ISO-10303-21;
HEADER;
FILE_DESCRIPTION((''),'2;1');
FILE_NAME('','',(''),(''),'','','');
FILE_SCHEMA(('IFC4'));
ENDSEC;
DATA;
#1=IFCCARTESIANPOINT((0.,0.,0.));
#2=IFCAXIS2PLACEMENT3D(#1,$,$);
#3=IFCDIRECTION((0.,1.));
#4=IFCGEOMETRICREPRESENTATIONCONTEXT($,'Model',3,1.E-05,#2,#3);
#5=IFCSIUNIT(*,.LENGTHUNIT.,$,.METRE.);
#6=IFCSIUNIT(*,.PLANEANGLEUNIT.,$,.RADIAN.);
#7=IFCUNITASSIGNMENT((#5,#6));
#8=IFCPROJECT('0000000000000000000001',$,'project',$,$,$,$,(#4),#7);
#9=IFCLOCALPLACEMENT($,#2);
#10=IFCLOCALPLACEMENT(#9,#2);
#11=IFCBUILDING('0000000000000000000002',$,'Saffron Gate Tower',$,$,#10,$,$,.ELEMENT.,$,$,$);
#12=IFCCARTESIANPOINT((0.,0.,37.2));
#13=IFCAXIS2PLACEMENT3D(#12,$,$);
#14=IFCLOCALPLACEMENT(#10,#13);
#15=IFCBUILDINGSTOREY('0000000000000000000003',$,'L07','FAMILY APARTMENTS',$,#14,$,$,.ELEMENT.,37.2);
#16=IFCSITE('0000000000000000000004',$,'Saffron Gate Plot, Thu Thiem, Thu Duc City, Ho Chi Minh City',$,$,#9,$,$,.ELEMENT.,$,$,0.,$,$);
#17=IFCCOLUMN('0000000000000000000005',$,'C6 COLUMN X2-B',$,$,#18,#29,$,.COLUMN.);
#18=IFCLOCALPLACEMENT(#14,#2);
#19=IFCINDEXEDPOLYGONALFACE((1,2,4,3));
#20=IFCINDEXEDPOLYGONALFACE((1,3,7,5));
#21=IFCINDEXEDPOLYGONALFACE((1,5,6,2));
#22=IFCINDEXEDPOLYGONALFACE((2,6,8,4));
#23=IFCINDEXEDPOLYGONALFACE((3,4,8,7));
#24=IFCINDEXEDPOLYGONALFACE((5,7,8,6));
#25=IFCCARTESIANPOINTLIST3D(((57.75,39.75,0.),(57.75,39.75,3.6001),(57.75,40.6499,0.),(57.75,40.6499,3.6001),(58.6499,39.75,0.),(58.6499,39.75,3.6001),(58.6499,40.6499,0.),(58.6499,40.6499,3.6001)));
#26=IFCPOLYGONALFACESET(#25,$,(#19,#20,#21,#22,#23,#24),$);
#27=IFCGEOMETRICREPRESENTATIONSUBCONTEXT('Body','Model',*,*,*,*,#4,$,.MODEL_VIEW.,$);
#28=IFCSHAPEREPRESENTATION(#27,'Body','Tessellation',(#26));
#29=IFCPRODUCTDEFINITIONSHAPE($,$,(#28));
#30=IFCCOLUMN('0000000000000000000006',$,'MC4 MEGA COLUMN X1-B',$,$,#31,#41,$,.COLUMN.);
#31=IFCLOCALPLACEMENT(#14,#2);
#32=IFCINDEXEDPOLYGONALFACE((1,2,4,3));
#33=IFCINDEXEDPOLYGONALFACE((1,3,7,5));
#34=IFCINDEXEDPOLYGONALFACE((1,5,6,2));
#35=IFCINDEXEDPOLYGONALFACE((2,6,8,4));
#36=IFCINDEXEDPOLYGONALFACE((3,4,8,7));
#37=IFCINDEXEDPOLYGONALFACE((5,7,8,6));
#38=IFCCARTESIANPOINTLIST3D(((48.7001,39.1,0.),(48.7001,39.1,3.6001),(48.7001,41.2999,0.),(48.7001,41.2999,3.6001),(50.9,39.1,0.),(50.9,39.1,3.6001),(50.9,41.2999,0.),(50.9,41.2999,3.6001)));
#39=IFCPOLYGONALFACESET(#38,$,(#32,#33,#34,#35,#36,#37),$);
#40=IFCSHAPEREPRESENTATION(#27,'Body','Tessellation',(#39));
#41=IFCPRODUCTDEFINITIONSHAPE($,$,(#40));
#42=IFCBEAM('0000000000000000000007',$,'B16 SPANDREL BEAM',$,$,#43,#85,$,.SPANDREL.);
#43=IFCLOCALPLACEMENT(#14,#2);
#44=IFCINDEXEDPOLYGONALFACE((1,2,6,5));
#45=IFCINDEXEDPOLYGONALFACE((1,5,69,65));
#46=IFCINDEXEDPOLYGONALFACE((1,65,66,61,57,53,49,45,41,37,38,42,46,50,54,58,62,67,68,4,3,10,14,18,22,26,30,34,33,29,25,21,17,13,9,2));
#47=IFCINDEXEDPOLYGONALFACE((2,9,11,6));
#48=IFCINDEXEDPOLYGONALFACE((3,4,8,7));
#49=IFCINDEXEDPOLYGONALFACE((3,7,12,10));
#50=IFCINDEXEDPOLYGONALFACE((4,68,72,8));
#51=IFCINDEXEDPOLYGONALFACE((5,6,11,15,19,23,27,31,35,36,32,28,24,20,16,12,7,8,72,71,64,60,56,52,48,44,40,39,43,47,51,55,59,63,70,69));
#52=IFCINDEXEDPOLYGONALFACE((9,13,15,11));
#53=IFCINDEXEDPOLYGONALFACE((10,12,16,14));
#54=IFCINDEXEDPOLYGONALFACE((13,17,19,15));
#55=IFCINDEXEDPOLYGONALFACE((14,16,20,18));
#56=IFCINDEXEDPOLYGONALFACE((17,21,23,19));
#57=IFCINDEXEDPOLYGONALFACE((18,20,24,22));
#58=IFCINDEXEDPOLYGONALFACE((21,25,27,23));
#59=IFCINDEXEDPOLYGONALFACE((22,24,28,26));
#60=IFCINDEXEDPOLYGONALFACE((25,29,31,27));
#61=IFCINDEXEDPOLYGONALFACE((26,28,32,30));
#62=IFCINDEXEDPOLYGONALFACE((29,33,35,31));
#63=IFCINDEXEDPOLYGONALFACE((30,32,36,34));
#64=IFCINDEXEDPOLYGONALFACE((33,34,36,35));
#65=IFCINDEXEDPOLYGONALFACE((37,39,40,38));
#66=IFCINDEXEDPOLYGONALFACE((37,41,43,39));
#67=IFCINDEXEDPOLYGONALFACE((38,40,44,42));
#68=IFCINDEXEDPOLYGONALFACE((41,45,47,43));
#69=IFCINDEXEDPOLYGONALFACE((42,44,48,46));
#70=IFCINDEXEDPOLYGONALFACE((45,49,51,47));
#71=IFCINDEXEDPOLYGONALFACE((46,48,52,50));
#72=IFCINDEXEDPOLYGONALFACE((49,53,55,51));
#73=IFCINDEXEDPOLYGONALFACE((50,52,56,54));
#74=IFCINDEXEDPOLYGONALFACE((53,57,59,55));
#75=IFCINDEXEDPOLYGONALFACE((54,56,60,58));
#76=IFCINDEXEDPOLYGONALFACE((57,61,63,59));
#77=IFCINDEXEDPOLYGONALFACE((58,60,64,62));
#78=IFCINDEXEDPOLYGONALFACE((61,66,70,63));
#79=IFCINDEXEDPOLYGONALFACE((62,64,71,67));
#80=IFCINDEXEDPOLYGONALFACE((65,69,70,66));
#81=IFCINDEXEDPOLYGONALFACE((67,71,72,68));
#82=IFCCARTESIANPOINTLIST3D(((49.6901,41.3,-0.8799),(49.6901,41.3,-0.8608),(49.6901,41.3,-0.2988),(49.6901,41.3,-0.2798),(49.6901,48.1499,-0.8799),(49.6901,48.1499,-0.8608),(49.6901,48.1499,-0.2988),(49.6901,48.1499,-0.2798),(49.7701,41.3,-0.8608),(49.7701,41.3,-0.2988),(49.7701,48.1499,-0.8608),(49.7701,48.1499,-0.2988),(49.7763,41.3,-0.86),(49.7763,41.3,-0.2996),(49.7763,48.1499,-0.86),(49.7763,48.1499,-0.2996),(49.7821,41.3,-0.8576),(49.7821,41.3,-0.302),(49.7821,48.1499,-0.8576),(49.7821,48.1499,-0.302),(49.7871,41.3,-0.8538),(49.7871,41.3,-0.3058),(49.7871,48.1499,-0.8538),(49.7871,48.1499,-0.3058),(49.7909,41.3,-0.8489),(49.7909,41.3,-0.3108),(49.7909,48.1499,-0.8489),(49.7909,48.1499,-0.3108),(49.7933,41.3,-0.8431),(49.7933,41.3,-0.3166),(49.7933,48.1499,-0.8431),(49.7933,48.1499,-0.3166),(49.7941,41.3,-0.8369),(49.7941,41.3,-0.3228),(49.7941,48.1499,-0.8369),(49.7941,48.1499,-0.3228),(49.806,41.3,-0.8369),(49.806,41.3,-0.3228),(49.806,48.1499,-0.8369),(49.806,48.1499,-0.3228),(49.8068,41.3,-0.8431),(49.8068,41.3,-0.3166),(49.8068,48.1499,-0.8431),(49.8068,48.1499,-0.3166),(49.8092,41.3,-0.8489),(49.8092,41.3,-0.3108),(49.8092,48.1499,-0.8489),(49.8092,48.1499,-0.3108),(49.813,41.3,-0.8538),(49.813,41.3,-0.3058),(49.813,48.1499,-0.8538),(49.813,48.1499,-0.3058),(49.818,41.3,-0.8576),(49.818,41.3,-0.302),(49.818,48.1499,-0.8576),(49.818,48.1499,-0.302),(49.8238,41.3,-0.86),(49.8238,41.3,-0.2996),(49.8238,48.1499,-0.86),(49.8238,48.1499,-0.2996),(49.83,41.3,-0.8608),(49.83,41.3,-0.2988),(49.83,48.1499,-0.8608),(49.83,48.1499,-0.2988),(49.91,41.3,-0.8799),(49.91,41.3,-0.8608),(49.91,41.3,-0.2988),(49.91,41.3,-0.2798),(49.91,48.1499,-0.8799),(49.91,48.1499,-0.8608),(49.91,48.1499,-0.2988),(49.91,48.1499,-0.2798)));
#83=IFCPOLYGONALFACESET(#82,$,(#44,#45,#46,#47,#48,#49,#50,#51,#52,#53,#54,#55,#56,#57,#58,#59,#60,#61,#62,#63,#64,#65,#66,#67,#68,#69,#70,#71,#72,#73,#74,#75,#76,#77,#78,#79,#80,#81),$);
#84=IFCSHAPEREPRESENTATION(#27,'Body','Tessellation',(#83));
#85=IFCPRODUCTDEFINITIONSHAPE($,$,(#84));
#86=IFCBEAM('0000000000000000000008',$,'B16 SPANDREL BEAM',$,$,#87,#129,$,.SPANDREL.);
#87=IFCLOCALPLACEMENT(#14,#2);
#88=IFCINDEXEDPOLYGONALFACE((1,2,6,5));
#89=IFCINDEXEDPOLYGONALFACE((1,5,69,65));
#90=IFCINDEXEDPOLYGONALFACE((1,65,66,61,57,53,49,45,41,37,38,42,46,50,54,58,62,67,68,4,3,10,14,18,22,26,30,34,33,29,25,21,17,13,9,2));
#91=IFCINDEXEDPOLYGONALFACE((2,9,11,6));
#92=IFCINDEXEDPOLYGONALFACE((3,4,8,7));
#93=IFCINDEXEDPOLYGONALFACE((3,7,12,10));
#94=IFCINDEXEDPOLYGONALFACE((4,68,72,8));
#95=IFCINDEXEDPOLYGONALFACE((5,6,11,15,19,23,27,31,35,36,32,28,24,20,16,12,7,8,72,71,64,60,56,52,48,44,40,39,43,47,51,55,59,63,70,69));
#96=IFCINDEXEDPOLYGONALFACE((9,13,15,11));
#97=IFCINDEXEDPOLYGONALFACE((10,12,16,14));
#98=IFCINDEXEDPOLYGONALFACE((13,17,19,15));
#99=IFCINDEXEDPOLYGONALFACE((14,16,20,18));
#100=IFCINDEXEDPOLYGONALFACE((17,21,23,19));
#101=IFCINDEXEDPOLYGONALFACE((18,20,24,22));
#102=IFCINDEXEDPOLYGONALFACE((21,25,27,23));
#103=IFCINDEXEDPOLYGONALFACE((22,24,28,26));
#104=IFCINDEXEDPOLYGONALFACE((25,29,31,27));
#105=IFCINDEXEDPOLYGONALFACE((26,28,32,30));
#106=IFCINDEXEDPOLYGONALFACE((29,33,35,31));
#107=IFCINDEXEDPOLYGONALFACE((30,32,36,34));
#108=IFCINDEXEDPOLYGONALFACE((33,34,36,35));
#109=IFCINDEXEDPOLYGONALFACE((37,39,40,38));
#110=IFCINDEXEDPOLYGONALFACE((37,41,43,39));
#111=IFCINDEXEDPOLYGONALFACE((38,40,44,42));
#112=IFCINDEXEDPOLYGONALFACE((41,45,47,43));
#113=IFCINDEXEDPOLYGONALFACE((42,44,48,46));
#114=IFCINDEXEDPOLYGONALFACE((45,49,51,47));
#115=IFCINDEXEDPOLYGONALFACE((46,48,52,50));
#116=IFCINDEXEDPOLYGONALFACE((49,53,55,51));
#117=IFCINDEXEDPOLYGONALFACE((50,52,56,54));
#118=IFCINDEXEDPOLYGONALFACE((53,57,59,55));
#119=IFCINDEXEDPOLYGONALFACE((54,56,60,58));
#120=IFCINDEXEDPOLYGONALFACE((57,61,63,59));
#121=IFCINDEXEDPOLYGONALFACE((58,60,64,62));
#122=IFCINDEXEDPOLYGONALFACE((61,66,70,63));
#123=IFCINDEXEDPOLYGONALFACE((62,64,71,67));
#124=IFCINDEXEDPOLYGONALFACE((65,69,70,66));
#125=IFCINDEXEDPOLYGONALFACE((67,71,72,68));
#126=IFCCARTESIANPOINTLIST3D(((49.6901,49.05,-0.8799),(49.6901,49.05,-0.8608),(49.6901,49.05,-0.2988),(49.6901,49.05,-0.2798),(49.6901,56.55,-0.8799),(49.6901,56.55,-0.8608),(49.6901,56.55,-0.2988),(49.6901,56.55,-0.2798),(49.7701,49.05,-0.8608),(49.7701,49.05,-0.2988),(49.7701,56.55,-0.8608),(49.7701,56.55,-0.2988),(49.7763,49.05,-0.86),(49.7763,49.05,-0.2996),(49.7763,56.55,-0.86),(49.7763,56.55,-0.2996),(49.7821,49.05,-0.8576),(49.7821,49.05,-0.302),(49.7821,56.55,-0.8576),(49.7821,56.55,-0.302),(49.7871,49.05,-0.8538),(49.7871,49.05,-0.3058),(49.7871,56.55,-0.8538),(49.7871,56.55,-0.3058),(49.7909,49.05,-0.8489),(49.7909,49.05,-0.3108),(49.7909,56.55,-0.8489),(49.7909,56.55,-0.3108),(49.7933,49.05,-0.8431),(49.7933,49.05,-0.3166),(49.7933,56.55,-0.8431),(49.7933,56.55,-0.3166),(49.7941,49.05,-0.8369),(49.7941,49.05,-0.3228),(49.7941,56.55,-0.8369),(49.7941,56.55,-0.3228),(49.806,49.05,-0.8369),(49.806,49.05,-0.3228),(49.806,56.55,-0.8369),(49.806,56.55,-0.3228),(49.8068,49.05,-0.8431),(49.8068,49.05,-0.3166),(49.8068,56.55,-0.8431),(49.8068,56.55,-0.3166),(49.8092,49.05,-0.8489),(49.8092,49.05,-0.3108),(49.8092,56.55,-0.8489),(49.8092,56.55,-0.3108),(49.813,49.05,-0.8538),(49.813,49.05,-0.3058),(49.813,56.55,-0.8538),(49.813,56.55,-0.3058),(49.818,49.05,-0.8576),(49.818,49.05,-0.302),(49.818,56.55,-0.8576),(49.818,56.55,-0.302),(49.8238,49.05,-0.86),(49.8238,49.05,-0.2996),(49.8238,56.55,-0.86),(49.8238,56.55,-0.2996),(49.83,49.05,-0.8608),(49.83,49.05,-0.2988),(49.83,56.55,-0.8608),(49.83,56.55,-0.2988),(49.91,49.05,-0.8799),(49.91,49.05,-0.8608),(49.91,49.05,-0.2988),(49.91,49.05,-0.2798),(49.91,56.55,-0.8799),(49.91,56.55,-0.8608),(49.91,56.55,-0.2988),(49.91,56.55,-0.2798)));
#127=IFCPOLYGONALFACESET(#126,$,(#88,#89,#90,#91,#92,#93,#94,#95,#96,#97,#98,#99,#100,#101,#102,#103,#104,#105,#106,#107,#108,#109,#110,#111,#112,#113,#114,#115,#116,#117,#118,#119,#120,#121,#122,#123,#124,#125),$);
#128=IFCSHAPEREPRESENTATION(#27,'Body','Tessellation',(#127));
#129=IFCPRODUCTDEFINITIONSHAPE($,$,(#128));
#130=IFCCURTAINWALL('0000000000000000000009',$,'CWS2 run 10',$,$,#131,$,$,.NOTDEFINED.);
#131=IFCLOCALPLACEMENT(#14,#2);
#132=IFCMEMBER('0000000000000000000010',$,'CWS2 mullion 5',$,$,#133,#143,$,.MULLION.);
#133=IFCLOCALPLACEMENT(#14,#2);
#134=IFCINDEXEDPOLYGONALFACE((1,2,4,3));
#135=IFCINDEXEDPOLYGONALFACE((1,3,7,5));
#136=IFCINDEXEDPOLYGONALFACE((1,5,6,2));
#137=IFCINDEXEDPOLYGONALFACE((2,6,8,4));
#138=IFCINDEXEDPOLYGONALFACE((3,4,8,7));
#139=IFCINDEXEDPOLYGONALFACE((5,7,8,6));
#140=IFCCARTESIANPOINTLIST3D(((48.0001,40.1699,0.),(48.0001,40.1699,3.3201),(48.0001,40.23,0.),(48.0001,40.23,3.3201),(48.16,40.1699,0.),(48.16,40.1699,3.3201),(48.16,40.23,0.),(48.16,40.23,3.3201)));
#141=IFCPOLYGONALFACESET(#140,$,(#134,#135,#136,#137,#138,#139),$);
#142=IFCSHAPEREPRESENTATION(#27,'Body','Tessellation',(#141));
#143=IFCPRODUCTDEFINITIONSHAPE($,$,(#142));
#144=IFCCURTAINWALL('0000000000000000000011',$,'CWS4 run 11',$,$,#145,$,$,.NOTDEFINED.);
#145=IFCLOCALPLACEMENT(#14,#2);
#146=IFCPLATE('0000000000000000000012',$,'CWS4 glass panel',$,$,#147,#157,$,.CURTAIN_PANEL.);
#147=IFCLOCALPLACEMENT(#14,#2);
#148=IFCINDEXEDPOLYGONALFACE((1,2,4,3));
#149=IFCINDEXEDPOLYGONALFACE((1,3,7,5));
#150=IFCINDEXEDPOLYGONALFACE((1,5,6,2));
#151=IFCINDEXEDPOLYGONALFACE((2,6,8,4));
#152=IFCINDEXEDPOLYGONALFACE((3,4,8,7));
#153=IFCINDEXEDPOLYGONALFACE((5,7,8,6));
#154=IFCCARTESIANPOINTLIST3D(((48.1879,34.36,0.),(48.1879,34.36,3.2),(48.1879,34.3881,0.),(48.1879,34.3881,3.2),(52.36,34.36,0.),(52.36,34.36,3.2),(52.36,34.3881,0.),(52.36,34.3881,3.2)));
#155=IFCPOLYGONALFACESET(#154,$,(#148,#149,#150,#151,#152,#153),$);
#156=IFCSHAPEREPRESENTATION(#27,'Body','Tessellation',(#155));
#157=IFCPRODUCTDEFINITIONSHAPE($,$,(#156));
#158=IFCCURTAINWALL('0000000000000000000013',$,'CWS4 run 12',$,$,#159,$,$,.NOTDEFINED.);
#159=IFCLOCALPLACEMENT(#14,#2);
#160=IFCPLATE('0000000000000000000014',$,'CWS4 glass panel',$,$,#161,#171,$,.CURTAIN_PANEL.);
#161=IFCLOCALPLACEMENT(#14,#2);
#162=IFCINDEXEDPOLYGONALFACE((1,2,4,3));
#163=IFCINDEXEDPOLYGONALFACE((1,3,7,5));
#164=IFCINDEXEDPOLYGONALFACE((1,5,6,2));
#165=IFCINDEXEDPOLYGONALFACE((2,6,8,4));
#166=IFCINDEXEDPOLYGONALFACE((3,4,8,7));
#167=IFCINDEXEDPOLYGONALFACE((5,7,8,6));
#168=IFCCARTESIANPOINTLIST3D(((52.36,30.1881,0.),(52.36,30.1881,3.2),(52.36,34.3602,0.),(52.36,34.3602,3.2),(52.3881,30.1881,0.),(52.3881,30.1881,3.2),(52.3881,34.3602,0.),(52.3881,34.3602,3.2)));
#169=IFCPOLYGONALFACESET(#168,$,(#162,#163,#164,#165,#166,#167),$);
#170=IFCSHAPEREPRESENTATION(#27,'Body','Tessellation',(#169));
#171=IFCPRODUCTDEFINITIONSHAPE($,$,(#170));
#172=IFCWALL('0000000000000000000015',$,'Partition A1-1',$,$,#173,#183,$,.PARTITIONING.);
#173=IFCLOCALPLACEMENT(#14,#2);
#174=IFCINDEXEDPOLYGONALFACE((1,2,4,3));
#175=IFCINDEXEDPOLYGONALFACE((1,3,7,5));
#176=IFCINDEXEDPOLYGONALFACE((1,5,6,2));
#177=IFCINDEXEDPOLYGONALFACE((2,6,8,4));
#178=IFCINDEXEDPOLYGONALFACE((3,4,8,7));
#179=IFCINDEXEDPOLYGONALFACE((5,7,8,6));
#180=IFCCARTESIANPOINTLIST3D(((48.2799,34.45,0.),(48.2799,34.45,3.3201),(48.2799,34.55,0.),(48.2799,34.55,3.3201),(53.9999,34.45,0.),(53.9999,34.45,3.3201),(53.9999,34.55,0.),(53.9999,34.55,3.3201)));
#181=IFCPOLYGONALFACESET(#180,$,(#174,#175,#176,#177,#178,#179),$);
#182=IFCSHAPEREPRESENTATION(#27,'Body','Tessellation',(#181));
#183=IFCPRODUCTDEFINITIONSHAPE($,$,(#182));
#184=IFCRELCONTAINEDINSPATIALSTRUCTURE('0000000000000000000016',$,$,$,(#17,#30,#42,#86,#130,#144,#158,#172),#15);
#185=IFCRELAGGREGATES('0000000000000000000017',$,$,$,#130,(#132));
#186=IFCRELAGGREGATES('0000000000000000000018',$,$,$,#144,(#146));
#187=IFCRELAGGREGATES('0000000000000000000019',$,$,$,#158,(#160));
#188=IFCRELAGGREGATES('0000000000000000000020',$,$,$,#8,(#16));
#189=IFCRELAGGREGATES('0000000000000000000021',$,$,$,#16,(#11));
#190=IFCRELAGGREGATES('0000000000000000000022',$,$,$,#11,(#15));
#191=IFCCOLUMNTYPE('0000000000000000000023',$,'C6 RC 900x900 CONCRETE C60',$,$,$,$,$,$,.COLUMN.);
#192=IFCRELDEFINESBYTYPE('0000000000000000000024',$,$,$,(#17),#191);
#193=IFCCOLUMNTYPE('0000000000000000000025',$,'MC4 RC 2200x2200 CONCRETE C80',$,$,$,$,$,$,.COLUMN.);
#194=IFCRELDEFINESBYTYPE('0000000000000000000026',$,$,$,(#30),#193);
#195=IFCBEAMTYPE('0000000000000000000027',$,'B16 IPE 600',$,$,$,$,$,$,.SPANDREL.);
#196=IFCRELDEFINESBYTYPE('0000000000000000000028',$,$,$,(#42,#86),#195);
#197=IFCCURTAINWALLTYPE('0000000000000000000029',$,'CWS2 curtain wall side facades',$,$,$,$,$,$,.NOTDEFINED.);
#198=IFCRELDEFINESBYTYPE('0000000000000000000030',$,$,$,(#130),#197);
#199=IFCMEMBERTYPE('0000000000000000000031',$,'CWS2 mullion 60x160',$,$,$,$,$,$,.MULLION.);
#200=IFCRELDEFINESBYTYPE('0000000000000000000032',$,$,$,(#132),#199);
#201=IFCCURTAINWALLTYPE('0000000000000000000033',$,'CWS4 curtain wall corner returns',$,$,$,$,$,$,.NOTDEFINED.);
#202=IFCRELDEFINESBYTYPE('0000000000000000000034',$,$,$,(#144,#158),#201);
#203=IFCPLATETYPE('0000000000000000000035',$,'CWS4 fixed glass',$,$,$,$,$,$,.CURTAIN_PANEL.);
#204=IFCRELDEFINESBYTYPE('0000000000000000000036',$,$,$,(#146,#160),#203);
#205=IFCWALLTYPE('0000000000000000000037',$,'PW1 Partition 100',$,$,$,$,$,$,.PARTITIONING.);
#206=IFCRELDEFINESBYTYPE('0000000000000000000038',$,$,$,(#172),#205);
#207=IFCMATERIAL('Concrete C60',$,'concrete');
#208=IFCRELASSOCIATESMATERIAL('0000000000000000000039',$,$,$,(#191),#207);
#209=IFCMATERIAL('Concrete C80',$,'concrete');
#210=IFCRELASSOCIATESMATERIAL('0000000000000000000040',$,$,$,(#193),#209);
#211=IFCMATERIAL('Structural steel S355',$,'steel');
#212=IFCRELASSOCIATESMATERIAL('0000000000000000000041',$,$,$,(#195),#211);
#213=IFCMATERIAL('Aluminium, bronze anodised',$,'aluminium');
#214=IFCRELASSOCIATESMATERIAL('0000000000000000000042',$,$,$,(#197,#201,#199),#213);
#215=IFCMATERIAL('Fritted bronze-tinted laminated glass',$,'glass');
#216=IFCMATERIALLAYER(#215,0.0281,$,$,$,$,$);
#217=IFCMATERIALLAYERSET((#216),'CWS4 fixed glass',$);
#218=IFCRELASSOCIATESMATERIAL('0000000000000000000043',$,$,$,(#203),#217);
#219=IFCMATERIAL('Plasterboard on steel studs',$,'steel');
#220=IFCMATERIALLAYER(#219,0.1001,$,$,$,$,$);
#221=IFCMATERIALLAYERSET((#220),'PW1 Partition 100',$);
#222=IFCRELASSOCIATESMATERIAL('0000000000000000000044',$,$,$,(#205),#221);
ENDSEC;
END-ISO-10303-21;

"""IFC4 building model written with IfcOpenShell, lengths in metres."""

from ifc_helpers import new_model, si_unit, direction, frame, frame_2d, origin, origin_2d, place, context, subcontext, project, spatial, rectangle, i_section, extrude, material, layer, layer_set, material_profile, profile_set, type_object, element, aggregate, save


model = new_model("IFC4")

# Units and contexts
model_context = context("Model", 3, precision=1e-05, world=origin(), true_north=direction((0.0, 1.0)))
body_context = subcontext(model_context, "Body", "Model", "MODEL_VIEW")
ifc_project = project(units=[si_unit("LENGTHUNIT", "METRE"), si_unit("PLANEANGLEUNIT", "RADIAN")], contexts=[model_context])

# Site, building, storey
site_placement = place(None, origin())
site = spatial("IfcSite", under=ifc_project, at=site_placement, Name="Saffron Gate Plot, Thu Thiem, Thu Duc City, Ho Chi Minh City", CompositionType="ELEMENT", RefElevation=0.0)
building_placement = place(site_placement, origin())
building = spatial("IfcBuilding", under=site, at=building_placement, Name="Saffron Gate Tower", CompositionType="ELEMENT")
storey_placement = place(building_placement, frame((0.0, 0.0, 37.2)))
storey = spatial("IfcBuildingStorey", under=building, at=storey_placement, Name="L07", Description="FAMILY APARTMENTS", CompositionType="ELEMENT", Elevation=37.2)

# Columns
ifc_material_1 = material(Name="Concrete C60", Category="concrete")
ifc_material_profile_1 = material_profile(ifc_material_1, rectangle(XDim=0.8999, YDim=0.8999, at=origin_2d()))
ifc_profile_set_1 = profile_set([ifc_material_profile_1], Name="Concrete C60")
column_type_1 = type_object("IfcColumnType", Name="C6 RC 900x900 CONCRETE C60", PredefinedType="COLUMN", material=ifc_profile_set_1)
column_1_placement = place(storey_placement, frame((58.2, 40.2, 0.0), z_axis=(0.0, 0.0, 1.0), x_axis=(1.0, 0.0, 0.0)))
element("IfcColumn", 1, at=column_1_placement, inside=storey, type_object=column_type_1, Name="C6 COLUMN X2-B", PredefinedType="COLUMN", context=body_context, shape_type="SweptSolid", body=[
    extrude(rectangle(XDim=0.8999, YDim=0.8999, at=origin_2d()), origin(), (0.0, 0.0, 1.0), 3.6001),
])
ifc_material_2 = material(Name="Concrete C80", Category="concrete")
ifc_material_profile_2 = material_profile(ifc_material_2, rectangle(XDim=2.2, YDim=2.2, at=origin_2d()))
ifc_profile_set_2 = profile_set([ifc_material_profile_2], Name="Concrete C80")
column_type_2 = type_object("IfcColumnType", Name="MC4 RC 2200x2200 CONCRETE C80", PredefinedType="COLUMN", material=ifc_profile_set_2)
column_2_placement = place(storey_placement, frame((49.8, 40.2, 0.0), z_axis=(0.0, 0.0, 1.0), x_axis=(1.0, 0.0, 0.0)))
element("IfcColumn", 2, at=column_2_placement, inside=storey, type_object=column_type_2, Name="MC4 MEGA COLUMN X1-B", PredefinedType="COLUMN", context=body_context, shape_type="SweptSolid", body=[
    extrude(rectangle(XDim=2.2, YDim=2.2, at=origin_2d()), origin(), (0.0, 0.0, 1.0), 3.6001),
])

# Beams
ifc_material_3 = material(Name="Structural steel S355", Category="steel")
ifc_material_profile_3 = material_profile(ifc_material_3, i_section(OverallWidth=0.22, OverallDepth=0.6001, WebThickness=0.012, FlangeThickness=0.019, FilletRadius=0.0239, at=origin_2d()))
ifc_profile_set_3 = profile_set([ifc_material_profile_3], Name="Structural steel S355")
beam_type = type_object("IfcBeamType", Name="B16 IPE 600", PredefinedType="SPANDREL", material=ifc_profile_set_3)
beam_1_placement = place(storey_placement, frame((49.8, 41.3, -0.5798), z_axis=(0.0, 1.0, 0.0), x_axis=(-1.0, 0.0, 0.0)))
element("IfcBeam", 3, at=beam_1_placement, inside=storey, type_object=beam_type, Name="B16 SPANDREL BEAM", PredefinedType="SPANDREL", context=body_context, shape_type="SweptSolid", body=[
    extrude(i_section(OverallWidth=0.22, OverallDepth=0.6001, WebThickness=0.012, FlangeThickness=0.019, FilletRadius=0.0239, at=origin_2d()), origin(), (0.0, 0.0, 1.0), 6.8499),
])
beam_2_placement = place(storey_placement, frame((49.8, 49.05, -0.5798), z_axis=(0.0, 1.0, 0.0), x_axis=(-1.0, 0.0, 0.0)))
element("IfcBeam", 4, at=beam_2_placement, inside=storey, type_object=beam_type, Name="B16 SPANDREL BEAM", PredefinedType="SPANDREL", context=body_context, shape_type="SweptSolid", body=[
    extrude(i_section(OverallWidth=0.22, OverallDepth=0.6001, WebThickness=0.012, FlangeThickness=0.019, FilletRadius=0.0239, at=origin_2d()), origin(), (0.0, 0.0, 1.0), 7.5),
])

# Curtain wall, member
ifc_material_4 = material(Name="Aluminium, bronze anodised", Category="aluminium")
curtain_wall_type_1 = type_object("IfcCurtainWallType", Name="CWS2 curtain wall side facades", PredefinedType="NOTDEFINED", material=ifc_material_4)
curtain_wall_1_placement = place(storey_placement, origin())
curtain_wall_1 = element("IfcCurtainWall", 5, at=curtain_wall_1_placement, inside=storey, type_object=curtain_wall_type_1, Name="CWS2 run 10", PredefinedType="NOTDEFINED")
ifc_material_profile_4 = material_profile(ifc_material_4, rectangle(XDim=0.1599, YDim=0.0601, at=origin_2d()))
ifc_profile_set_4 = profile_set([ifc_material_profile_4], Name="Aluminium, bronze anodised")
member_type = type_object("IfcMemberType", Name="CWS2 mullion 60x160", PredefinedType="MULLION", material=ifc_profile_set_4)
member_placement = place(storey_placement, frame((48.0801, 40.2, 0.0), z_axis=(0.0, 0.0, 1.0), x_axis=(1.0, 0.0, 0.0)))
member = element("IfcMember", 6, at=member_placement, type_object=member_type, Name="CWS2 mullion 5", PredefinedType="MULLION", context=body_context, shape_type="SweptSolid", body=[
    extrude(rectangle(XDim=0.1599, YDim=0.0601, at=origin_2d()), origin(), (0.0, 0.0, 1.0), 3.3201),
])
aggregate(curtain_wall_1, [member])

# Curtain walls, plates
curtain_wall_type_2 = type_object("IfcCurtainWallType", Name="CWS4 curtain wall corner returns", PredefinedType="NOTDEFINED", material=ifc_material_4)
curtain_wall_2_placement = place(storey_placement, origin())
curtain_wall_2 = element("IfcCurtainWall", 7, at=curtain_wall_2_placement, inside=storey, type_object=curtain_wall_type_2, Name="CWS4 run 11", PredefinedType="NOTDEFINED")
ifc_material_5 = material(Name="Fritted bronze-tinted laminated glass", Category="glass")
ifc_layer_1 = layer(ifc_material_5, 0.0281)
ifc_layer_set_1 = layer_set([ifc_layer_1], Name="CWS4 fixed glass")
plate_type = type_object("IfcPlateType", Name="CWS4 fixed glass", PredefinedType="CURTAIN_PANEL", material=ifc_layer_set_1)
plate_1_placement = place(storey_placement, frame((48.188, 34.374, 0.0), z_axis=(0.0, 0.0, 1.0), x_axis=(1.0, 0.0, 0.0)))
plate_1 = element("IfcPlate", 8, at=plate_1_placement, type_object=plate_type, Name="CWS4 glass panel", PredefinedType="CURTAIN_PANEL", context=body_context, shape_type="SweptSolid", body=[
    extrude(rectangle(XDim=4.1721, YDim=0.0281, at=frame_2d((2.0859, 0.0))), origin(), (0.0, 0.0, 1.0), 3.2),
])
aggregate(curtain_wall_2, [plate_1])
curtain_wall_3_placement = place(storey_placement, origin())
curtain_wall_3 = element("IfcCurtainWall", 9, at=curtain_wall_3_placement, inside=storey, type_object=curtain_wall_type_2, Name="CWS4 run 12", PredefinedType="NOTDEFINED")
plate_2_placement = place(storey_placement, frame((52.374, 34.3601, 0.0), z_axis=(0.0, 0.0, 1.0), x_axis=(0.0, -1.0, 0.0)))
plate_2 = element("IfcPlate", 10, at=plate_2_placement, type_object=plate_type, Name="CWS4 glass panel", PredefinedType="CURTAIN_PANEL", context=body_context, shape_type="SweptSolid", body=[
    extrude(rectangle(XDim=4.1721, YDim=0.0281, at=frame_2d((2.0859, 0.0))), origin(), (0.0, 0.0, 1.0), 3.2),
])
aggregate(curtain_wall_3, [plate_2])

# Wall
ifc_material_6 = material(Name="Plasterboard on steel studs", Category="steel")
ifc_layer_2 = layer(ifc_material_6, 0.1001)
ifc_layer_set_2 = layer_set([ifc_layer_2], Name="PW1 Partition 100")
wall_type_1 = type_object("IfcWallType", Name="PW1 Partition 100", PredefinedType="PARTITIONING", material=ifc_layer_set_2)
wall_1_placement = place(storey_placement, frame((48.28, 34.5, 0.0), z_axis=(0.0, 0.0, 1.0), x_axis=(1.0, 0.0, 0.0)))
element("IfcWall", 11, at=wall_1_placement, inside=storey, type_object=wall_type_1, Name="Partition A1-1", PredefinedType="PARTITIONING", context=body_context, shape_type="SweptSolid", body=[
    extrude(rectangle(XDim=5.72, YDim=0.1001, at=frame_2d((2.8599, 0.0))), origin(), (0.0, 0.0, 1.0), 3.3201),
])

save(model, "model.ifc")
